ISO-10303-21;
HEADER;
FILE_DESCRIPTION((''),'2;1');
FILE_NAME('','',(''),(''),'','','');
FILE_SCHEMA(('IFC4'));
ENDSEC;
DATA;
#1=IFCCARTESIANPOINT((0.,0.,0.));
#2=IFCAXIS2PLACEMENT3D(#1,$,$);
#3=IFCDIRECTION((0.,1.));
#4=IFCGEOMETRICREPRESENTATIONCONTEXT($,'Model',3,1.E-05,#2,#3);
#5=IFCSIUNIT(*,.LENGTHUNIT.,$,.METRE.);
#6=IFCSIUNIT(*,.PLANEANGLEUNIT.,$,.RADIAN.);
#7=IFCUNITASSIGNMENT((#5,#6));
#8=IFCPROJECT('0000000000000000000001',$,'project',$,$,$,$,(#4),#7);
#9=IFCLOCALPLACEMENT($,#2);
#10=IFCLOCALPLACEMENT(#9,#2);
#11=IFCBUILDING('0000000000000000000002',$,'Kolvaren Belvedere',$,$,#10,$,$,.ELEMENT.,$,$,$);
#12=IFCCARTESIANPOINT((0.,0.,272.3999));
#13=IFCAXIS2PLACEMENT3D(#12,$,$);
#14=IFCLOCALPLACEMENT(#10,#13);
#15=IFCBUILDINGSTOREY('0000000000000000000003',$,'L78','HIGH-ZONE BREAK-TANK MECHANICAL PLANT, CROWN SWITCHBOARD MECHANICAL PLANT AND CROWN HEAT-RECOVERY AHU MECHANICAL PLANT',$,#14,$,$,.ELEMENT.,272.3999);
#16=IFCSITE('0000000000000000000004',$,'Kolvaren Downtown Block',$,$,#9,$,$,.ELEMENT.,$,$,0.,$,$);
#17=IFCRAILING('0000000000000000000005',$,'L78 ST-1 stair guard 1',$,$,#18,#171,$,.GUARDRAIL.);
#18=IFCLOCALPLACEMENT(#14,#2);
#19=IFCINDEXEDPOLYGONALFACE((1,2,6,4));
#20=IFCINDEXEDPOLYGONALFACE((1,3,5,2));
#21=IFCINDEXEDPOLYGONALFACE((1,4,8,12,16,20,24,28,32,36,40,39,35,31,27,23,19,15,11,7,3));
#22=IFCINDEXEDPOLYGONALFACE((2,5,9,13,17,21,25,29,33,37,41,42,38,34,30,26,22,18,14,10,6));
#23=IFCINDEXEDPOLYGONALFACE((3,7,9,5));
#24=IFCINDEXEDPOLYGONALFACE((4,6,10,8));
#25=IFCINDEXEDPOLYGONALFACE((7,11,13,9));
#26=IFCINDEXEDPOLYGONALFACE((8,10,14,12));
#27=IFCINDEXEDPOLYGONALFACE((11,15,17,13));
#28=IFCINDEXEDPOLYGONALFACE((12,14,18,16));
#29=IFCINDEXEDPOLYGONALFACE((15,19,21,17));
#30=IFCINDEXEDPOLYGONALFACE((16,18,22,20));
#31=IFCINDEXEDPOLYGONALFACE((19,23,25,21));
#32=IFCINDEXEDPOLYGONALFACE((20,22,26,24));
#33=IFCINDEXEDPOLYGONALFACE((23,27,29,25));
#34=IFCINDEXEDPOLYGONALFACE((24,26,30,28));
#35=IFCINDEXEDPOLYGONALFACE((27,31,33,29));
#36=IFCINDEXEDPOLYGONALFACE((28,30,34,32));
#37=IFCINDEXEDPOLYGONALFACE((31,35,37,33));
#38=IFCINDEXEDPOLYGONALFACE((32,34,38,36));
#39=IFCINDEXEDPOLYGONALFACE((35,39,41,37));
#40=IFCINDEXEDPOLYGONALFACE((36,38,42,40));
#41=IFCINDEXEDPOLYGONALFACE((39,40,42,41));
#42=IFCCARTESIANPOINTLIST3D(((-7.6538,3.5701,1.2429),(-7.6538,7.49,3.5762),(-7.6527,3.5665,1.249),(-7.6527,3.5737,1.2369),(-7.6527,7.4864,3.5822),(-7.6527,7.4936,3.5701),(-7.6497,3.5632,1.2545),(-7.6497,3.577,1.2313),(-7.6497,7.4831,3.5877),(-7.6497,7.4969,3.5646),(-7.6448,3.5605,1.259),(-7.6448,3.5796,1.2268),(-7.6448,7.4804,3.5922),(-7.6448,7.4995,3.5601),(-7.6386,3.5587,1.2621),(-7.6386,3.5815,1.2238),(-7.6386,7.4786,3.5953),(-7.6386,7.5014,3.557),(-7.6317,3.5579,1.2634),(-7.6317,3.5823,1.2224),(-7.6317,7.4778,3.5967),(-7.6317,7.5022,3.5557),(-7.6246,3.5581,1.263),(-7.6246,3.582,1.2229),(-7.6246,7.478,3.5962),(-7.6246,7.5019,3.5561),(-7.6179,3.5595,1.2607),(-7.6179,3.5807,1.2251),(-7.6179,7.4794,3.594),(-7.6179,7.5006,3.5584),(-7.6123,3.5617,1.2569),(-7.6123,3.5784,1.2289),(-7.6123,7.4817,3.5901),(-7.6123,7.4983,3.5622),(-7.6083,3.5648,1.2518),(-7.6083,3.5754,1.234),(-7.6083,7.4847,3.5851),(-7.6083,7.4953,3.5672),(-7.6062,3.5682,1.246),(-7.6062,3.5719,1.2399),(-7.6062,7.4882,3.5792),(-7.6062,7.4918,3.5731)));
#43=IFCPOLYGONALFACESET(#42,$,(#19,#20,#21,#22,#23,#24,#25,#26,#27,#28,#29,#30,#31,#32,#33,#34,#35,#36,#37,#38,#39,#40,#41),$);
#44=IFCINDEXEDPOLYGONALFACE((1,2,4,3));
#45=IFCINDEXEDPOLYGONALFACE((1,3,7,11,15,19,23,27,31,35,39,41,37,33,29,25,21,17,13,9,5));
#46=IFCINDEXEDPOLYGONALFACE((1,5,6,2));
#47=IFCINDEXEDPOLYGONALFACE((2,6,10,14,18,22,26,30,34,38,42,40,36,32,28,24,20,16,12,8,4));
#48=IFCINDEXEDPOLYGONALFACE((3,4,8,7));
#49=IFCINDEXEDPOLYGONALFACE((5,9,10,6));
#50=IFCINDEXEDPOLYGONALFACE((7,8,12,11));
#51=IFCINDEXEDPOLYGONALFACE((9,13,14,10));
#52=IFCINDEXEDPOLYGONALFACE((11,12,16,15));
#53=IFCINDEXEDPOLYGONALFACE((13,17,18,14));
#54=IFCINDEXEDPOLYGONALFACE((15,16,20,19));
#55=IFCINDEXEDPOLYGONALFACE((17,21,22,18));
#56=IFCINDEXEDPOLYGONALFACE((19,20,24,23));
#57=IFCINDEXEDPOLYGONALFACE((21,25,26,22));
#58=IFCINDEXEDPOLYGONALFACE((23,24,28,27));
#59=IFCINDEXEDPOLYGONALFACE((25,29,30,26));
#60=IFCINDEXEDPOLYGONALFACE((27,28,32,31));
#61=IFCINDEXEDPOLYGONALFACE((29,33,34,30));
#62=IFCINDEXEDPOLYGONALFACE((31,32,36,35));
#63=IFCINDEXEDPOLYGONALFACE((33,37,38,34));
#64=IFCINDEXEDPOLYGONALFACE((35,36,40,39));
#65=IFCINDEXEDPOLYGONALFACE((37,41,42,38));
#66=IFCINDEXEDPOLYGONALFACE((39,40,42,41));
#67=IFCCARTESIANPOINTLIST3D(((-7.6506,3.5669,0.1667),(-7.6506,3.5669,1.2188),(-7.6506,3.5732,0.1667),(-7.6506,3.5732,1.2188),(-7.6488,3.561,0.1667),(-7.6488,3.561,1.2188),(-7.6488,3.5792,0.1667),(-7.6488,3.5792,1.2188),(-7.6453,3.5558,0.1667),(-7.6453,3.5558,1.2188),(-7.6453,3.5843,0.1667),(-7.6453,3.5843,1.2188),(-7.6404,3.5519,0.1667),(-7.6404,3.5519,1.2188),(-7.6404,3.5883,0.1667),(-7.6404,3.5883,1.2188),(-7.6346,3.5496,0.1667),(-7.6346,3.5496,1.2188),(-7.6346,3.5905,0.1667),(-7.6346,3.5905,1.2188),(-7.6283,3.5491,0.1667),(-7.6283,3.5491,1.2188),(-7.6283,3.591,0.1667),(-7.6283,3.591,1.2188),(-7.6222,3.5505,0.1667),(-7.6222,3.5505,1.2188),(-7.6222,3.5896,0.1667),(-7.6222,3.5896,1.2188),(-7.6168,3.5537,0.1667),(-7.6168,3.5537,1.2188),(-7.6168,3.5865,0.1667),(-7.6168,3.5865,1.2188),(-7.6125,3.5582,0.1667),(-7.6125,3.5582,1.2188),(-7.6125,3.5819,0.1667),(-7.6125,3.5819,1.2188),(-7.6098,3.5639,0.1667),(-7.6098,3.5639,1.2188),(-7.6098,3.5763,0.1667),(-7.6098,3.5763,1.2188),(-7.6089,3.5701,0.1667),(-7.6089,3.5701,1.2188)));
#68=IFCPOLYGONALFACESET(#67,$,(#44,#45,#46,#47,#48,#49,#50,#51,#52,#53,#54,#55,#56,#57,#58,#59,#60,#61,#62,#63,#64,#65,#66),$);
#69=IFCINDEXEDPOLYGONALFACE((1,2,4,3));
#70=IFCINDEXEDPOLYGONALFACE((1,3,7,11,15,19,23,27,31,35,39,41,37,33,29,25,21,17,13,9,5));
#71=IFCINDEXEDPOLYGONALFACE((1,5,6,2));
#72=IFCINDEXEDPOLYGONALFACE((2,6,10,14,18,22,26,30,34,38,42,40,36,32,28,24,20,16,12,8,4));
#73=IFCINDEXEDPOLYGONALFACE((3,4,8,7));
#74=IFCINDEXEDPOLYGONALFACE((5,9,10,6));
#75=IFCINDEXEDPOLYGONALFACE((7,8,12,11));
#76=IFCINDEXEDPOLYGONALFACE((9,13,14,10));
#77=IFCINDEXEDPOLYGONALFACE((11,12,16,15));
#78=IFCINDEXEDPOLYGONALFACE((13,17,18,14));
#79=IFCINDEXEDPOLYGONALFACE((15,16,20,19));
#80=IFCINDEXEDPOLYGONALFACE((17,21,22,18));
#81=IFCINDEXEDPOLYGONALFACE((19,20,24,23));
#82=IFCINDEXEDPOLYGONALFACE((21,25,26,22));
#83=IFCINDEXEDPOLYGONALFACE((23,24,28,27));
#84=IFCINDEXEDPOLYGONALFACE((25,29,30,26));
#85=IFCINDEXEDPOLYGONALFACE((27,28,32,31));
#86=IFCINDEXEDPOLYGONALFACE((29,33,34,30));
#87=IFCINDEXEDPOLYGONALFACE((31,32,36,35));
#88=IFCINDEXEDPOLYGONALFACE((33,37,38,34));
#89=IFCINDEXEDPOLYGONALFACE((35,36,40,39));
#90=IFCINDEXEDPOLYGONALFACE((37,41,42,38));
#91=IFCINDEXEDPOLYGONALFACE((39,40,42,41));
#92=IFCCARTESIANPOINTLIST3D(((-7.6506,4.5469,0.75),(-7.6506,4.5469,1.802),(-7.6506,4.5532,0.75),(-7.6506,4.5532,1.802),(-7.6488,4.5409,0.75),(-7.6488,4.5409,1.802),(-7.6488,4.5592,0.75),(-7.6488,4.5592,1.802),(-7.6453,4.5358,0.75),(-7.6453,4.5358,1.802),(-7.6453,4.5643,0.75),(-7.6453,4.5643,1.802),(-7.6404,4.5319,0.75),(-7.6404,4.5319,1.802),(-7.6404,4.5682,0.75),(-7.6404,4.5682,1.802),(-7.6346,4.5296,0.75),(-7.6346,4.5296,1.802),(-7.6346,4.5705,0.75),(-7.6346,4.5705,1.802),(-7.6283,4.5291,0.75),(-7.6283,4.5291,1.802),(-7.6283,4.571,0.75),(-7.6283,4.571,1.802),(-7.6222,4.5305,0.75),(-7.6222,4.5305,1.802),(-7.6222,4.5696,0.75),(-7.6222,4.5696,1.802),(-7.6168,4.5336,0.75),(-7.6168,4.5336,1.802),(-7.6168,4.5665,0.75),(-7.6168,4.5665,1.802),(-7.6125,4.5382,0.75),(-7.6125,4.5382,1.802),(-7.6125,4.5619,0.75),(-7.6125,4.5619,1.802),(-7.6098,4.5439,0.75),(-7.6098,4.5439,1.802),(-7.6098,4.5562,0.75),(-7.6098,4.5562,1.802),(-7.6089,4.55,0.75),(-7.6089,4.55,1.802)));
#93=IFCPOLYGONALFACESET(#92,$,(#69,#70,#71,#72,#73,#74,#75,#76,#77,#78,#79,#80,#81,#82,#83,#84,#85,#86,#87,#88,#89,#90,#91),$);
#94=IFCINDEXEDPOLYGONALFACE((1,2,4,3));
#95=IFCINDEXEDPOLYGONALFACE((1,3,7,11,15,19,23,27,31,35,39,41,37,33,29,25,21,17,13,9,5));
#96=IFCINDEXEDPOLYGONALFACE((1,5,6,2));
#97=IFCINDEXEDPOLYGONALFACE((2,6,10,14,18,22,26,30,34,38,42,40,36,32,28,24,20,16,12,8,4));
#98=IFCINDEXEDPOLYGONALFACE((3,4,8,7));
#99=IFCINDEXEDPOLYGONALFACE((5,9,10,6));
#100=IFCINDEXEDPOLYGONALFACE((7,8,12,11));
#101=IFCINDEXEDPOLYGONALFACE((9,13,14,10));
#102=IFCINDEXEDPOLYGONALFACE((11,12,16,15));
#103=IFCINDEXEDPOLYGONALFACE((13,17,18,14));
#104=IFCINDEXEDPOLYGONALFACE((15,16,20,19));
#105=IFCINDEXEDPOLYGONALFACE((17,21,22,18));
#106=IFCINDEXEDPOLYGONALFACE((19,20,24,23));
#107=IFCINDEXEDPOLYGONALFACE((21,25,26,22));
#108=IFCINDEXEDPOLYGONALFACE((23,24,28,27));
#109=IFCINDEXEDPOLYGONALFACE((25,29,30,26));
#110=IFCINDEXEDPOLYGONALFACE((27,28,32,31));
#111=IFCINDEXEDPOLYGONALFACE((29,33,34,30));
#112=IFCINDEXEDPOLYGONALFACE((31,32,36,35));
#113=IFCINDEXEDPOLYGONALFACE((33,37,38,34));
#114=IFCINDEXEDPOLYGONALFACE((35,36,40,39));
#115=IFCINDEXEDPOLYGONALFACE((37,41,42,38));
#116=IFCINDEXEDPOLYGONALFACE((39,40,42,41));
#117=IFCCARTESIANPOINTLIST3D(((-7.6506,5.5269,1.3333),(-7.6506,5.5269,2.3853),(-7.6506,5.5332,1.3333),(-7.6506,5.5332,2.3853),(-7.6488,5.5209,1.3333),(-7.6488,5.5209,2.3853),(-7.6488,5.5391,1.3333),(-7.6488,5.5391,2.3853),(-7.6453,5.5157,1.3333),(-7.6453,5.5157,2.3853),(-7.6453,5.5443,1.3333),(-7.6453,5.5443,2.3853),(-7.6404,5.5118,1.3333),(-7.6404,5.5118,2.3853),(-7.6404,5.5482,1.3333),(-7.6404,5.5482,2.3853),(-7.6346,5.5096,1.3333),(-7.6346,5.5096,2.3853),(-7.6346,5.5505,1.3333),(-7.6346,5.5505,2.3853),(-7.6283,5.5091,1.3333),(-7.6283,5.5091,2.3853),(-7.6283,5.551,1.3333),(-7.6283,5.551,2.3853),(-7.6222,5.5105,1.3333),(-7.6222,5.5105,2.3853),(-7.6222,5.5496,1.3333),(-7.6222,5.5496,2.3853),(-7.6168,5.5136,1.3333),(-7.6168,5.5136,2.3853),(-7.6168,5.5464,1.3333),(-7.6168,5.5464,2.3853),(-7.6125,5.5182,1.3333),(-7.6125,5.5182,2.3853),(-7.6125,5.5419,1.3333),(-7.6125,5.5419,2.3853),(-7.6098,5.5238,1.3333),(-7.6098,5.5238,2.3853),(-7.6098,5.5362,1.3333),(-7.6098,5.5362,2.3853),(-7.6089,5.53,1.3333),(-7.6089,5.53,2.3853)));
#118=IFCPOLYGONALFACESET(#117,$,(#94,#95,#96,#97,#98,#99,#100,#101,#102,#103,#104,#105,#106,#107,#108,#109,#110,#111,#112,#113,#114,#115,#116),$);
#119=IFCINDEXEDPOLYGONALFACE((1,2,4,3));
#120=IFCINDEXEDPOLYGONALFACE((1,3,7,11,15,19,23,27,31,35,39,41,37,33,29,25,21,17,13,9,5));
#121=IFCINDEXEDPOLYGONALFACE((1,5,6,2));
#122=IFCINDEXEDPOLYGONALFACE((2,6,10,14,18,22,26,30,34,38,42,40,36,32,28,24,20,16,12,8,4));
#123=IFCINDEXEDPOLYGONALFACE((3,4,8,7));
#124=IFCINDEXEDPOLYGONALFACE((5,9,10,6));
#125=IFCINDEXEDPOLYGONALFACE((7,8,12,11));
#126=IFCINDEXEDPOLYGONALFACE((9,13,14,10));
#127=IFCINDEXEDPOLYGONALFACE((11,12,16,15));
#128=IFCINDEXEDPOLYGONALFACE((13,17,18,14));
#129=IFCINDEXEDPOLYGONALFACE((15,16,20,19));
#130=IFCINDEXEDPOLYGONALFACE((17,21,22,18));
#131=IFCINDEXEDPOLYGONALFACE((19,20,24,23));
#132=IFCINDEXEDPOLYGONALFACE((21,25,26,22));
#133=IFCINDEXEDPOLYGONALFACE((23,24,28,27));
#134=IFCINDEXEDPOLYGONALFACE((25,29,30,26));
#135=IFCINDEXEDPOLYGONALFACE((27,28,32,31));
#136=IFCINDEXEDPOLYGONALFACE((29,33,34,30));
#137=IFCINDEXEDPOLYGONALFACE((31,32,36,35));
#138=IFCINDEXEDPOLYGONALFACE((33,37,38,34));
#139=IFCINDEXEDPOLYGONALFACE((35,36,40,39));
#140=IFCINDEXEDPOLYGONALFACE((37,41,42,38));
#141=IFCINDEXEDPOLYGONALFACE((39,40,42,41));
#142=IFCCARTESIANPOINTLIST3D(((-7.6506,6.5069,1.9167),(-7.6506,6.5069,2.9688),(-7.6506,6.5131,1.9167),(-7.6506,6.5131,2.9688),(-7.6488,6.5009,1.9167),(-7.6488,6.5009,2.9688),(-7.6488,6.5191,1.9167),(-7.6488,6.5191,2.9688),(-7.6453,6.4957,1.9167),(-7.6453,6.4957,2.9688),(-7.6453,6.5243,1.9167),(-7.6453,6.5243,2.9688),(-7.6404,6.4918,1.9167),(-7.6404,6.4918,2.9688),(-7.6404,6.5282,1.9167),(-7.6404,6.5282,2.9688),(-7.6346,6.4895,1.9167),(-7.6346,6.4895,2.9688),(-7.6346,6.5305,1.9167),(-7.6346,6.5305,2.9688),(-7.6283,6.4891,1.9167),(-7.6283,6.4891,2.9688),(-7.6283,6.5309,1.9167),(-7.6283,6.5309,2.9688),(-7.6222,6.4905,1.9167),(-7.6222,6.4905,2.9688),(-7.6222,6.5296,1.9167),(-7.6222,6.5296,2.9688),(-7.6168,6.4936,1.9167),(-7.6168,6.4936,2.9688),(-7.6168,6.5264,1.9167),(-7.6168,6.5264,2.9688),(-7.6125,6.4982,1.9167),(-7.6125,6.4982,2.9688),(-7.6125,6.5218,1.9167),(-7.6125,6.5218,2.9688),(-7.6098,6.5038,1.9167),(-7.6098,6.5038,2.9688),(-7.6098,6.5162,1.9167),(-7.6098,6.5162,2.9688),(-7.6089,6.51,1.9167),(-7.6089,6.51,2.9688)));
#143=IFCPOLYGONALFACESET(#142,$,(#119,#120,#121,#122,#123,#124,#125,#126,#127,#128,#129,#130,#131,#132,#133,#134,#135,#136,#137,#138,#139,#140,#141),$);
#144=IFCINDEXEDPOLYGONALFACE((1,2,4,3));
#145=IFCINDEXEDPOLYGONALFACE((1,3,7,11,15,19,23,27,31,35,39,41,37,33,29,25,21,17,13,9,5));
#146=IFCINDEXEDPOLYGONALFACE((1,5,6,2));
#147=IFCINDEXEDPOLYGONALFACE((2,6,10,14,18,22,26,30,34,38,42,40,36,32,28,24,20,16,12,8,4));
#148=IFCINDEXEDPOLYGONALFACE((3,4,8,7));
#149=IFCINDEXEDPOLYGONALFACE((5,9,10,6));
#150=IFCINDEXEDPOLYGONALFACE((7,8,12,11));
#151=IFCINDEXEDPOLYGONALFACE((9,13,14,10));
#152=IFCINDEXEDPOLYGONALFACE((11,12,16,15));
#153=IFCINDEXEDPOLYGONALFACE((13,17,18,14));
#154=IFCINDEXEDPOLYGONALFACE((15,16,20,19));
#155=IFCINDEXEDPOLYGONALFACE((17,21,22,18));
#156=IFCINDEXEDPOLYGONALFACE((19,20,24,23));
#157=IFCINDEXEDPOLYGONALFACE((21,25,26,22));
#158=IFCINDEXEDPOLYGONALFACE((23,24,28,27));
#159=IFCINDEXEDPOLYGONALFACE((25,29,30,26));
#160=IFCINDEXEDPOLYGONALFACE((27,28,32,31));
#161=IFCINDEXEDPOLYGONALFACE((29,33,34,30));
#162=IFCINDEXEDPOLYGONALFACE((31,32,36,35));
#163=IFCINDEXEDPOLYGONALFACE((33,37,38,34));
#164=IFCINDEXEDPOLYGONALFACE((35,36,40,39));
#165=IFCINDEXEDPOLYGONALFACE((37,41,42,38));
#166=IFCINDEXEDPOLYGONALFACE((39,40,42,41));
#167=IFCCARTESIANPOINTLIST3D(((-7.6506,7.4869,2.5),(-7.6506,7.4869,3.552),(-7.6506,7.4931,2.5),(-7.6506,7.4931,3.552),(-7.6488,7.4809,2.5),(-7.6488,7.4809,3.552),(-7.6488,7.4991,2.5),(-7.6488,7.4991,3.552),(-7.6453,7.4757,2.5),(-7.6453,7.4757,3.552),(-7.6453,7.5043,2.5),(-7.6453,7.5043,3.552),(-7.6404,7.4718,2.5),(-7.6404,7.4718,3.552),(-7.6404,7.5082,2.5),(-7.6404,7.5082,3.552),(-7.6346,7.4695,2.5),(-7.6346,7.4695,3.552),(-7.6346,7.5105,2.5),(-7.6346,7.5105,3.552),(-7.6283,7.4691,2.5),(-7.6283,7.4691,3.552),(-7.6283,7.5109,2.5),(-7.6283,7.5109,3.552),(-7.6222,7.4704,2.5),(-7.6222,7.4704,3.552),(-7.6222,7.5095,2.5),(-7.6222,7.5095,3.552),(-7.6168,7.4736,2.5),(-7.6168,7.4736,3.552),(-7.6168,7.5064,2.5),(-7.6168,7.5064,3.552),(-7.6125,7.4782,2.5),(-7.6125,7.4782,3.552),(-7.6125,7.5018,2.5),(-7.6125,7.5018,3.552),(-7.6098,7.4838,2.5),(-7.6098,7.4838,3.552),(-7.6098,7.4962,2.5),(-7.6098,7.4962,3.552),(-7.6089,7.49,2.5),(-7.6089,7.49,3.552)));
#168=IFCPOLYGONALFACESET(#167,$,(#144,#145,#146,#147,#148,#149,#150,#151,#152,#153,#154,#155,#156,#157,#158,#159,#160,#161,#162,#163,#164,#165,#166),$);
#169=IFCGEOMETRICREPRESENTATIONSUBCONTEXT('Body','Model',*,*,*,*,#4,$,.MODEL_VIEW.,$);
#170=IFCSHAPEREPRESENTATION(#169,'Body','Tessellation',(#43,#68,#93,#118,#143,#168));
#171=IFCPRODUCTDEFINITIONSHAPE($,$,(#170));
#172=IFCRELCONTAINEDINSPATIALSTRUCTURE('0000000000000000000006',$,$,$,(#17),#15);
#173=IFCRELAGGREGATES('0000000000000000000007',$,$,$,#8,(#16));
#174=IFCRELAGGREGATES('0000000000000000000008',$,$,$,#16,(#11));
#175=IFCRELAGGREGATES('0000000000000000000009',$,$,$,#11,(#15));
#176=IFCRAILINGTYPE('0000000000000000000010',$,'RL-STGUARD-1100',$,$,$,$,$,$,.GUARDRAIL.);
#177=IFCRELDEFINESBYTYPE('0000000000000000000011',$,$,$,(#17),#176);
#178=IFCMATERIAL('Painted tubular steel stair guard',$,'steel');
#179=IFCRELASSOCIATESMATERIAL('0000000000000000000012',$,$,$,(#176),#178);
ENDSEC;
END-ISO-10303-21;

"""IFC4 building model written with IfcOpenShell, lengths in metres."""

from ifc_helpers import new_model, si_unit, direction, frame, origin, origin_2d, place, context, subcontext, project, spatial, circle, extrude, material, type_object, element, save


model = new_model("IFC4")

# Units and contexts
model_context = context("Model", 3, precision=1e-05, world=origin(), true_north=direction((0.0, 1.0)))
body_context = subcontext(model_context, "Body", "Model", "MODEL_VIEW")
ifc_project = project(units=[si_unit("LENGTHUNIT", "METRE"), si_unit("PLANEANGLEUNIT", "RADIAN")], contexts=[model_context])

# Site, building, storey
site_placement = place(None, origin())
site = spatial("IfcSite", under=ifc_project, at=site_placement, Name="Kolvaren Downtown Block", CompositionType="ELEMENT", RefElevation=0.0)
building_placement = place(site_placement, origin())
building = spatial("IfcBuilding", under=site, at=building_placement, Name="Kolvaren Belvedere", CompositionType="ELEMENT")
storey_placement = place(building_placement, frame((0.0, 0.0, 272.3999)))
storey = spatial("IfcBuildingStorey", under=building, at=storey_placement, Name="L78", Description="HIGH-ZONE BREAK-TANK MECHANICAL PLANT, CROWN SWITCHBOARD MECHANICAL PLANT AND CROWN HEAT-RECOVERY AHU MECHANICAL PLANT", CompositionType="ELEMENT", Elevation=272.3999)

# Railing
ifc_material_1 = material(Name="Painted tubular steel stair guard", Category="steel")
railing_type_1 = type_object("IfcRailingType", Name="RL-STGUARD-1100", PredefinedType="GUARDRAIL", material=ifc_material_1)
railing_1_placement = place(storey_placement, frame((-7.6299, 3.5701, 0.1667)))
element("IfcRailing", 1, at=railing_1_placement, inside=storey, type_object=railing_type_1, Name="L78 ST-1 stair guard 1", PredefinedType="GUARDRAIL", context=body_context, shape_type="SweptSolid", body=[
    extrude(circle(Radius=0.0239, at=origin_2d()), frame((0.0, 0.0, 1.0762), z_axis=(0.0, 0.859296, 0.511478), x_axis=(-1.0, 0.0, 0.0)), (0.0, 0.0, 1.0), 4.5618),
    extrude(circle(Radius=0.021, at=origin_2d()), origin(), (0.0, 0.0, 1.0), 1.052),
    extrude(circle(Radius=0.021, at=origin_2d()), frame((0.0, 0.98, 0.5833)), (0.0, 0.0, 1.0), 1.052),
    extrude(circle(Radius=0.021, at=origin_2d()), frame((0.0, 1.96, 1.1665)), (0.0, 0.0, 1.0), 1.052),
    extrude(circle(Radius=0.021, at=origin_2d()), frame((0.0, 2.9399, 1.75)), (0.0, 0.0, 1.0), 1.052),
    extrude(circle(Radius=0.021, at=origin_2d()), frame((0.0, 3.9199, 2.3333)), (0.0, 0.0, 1.0), 1.052),
])

save(model, "model.ifc")
